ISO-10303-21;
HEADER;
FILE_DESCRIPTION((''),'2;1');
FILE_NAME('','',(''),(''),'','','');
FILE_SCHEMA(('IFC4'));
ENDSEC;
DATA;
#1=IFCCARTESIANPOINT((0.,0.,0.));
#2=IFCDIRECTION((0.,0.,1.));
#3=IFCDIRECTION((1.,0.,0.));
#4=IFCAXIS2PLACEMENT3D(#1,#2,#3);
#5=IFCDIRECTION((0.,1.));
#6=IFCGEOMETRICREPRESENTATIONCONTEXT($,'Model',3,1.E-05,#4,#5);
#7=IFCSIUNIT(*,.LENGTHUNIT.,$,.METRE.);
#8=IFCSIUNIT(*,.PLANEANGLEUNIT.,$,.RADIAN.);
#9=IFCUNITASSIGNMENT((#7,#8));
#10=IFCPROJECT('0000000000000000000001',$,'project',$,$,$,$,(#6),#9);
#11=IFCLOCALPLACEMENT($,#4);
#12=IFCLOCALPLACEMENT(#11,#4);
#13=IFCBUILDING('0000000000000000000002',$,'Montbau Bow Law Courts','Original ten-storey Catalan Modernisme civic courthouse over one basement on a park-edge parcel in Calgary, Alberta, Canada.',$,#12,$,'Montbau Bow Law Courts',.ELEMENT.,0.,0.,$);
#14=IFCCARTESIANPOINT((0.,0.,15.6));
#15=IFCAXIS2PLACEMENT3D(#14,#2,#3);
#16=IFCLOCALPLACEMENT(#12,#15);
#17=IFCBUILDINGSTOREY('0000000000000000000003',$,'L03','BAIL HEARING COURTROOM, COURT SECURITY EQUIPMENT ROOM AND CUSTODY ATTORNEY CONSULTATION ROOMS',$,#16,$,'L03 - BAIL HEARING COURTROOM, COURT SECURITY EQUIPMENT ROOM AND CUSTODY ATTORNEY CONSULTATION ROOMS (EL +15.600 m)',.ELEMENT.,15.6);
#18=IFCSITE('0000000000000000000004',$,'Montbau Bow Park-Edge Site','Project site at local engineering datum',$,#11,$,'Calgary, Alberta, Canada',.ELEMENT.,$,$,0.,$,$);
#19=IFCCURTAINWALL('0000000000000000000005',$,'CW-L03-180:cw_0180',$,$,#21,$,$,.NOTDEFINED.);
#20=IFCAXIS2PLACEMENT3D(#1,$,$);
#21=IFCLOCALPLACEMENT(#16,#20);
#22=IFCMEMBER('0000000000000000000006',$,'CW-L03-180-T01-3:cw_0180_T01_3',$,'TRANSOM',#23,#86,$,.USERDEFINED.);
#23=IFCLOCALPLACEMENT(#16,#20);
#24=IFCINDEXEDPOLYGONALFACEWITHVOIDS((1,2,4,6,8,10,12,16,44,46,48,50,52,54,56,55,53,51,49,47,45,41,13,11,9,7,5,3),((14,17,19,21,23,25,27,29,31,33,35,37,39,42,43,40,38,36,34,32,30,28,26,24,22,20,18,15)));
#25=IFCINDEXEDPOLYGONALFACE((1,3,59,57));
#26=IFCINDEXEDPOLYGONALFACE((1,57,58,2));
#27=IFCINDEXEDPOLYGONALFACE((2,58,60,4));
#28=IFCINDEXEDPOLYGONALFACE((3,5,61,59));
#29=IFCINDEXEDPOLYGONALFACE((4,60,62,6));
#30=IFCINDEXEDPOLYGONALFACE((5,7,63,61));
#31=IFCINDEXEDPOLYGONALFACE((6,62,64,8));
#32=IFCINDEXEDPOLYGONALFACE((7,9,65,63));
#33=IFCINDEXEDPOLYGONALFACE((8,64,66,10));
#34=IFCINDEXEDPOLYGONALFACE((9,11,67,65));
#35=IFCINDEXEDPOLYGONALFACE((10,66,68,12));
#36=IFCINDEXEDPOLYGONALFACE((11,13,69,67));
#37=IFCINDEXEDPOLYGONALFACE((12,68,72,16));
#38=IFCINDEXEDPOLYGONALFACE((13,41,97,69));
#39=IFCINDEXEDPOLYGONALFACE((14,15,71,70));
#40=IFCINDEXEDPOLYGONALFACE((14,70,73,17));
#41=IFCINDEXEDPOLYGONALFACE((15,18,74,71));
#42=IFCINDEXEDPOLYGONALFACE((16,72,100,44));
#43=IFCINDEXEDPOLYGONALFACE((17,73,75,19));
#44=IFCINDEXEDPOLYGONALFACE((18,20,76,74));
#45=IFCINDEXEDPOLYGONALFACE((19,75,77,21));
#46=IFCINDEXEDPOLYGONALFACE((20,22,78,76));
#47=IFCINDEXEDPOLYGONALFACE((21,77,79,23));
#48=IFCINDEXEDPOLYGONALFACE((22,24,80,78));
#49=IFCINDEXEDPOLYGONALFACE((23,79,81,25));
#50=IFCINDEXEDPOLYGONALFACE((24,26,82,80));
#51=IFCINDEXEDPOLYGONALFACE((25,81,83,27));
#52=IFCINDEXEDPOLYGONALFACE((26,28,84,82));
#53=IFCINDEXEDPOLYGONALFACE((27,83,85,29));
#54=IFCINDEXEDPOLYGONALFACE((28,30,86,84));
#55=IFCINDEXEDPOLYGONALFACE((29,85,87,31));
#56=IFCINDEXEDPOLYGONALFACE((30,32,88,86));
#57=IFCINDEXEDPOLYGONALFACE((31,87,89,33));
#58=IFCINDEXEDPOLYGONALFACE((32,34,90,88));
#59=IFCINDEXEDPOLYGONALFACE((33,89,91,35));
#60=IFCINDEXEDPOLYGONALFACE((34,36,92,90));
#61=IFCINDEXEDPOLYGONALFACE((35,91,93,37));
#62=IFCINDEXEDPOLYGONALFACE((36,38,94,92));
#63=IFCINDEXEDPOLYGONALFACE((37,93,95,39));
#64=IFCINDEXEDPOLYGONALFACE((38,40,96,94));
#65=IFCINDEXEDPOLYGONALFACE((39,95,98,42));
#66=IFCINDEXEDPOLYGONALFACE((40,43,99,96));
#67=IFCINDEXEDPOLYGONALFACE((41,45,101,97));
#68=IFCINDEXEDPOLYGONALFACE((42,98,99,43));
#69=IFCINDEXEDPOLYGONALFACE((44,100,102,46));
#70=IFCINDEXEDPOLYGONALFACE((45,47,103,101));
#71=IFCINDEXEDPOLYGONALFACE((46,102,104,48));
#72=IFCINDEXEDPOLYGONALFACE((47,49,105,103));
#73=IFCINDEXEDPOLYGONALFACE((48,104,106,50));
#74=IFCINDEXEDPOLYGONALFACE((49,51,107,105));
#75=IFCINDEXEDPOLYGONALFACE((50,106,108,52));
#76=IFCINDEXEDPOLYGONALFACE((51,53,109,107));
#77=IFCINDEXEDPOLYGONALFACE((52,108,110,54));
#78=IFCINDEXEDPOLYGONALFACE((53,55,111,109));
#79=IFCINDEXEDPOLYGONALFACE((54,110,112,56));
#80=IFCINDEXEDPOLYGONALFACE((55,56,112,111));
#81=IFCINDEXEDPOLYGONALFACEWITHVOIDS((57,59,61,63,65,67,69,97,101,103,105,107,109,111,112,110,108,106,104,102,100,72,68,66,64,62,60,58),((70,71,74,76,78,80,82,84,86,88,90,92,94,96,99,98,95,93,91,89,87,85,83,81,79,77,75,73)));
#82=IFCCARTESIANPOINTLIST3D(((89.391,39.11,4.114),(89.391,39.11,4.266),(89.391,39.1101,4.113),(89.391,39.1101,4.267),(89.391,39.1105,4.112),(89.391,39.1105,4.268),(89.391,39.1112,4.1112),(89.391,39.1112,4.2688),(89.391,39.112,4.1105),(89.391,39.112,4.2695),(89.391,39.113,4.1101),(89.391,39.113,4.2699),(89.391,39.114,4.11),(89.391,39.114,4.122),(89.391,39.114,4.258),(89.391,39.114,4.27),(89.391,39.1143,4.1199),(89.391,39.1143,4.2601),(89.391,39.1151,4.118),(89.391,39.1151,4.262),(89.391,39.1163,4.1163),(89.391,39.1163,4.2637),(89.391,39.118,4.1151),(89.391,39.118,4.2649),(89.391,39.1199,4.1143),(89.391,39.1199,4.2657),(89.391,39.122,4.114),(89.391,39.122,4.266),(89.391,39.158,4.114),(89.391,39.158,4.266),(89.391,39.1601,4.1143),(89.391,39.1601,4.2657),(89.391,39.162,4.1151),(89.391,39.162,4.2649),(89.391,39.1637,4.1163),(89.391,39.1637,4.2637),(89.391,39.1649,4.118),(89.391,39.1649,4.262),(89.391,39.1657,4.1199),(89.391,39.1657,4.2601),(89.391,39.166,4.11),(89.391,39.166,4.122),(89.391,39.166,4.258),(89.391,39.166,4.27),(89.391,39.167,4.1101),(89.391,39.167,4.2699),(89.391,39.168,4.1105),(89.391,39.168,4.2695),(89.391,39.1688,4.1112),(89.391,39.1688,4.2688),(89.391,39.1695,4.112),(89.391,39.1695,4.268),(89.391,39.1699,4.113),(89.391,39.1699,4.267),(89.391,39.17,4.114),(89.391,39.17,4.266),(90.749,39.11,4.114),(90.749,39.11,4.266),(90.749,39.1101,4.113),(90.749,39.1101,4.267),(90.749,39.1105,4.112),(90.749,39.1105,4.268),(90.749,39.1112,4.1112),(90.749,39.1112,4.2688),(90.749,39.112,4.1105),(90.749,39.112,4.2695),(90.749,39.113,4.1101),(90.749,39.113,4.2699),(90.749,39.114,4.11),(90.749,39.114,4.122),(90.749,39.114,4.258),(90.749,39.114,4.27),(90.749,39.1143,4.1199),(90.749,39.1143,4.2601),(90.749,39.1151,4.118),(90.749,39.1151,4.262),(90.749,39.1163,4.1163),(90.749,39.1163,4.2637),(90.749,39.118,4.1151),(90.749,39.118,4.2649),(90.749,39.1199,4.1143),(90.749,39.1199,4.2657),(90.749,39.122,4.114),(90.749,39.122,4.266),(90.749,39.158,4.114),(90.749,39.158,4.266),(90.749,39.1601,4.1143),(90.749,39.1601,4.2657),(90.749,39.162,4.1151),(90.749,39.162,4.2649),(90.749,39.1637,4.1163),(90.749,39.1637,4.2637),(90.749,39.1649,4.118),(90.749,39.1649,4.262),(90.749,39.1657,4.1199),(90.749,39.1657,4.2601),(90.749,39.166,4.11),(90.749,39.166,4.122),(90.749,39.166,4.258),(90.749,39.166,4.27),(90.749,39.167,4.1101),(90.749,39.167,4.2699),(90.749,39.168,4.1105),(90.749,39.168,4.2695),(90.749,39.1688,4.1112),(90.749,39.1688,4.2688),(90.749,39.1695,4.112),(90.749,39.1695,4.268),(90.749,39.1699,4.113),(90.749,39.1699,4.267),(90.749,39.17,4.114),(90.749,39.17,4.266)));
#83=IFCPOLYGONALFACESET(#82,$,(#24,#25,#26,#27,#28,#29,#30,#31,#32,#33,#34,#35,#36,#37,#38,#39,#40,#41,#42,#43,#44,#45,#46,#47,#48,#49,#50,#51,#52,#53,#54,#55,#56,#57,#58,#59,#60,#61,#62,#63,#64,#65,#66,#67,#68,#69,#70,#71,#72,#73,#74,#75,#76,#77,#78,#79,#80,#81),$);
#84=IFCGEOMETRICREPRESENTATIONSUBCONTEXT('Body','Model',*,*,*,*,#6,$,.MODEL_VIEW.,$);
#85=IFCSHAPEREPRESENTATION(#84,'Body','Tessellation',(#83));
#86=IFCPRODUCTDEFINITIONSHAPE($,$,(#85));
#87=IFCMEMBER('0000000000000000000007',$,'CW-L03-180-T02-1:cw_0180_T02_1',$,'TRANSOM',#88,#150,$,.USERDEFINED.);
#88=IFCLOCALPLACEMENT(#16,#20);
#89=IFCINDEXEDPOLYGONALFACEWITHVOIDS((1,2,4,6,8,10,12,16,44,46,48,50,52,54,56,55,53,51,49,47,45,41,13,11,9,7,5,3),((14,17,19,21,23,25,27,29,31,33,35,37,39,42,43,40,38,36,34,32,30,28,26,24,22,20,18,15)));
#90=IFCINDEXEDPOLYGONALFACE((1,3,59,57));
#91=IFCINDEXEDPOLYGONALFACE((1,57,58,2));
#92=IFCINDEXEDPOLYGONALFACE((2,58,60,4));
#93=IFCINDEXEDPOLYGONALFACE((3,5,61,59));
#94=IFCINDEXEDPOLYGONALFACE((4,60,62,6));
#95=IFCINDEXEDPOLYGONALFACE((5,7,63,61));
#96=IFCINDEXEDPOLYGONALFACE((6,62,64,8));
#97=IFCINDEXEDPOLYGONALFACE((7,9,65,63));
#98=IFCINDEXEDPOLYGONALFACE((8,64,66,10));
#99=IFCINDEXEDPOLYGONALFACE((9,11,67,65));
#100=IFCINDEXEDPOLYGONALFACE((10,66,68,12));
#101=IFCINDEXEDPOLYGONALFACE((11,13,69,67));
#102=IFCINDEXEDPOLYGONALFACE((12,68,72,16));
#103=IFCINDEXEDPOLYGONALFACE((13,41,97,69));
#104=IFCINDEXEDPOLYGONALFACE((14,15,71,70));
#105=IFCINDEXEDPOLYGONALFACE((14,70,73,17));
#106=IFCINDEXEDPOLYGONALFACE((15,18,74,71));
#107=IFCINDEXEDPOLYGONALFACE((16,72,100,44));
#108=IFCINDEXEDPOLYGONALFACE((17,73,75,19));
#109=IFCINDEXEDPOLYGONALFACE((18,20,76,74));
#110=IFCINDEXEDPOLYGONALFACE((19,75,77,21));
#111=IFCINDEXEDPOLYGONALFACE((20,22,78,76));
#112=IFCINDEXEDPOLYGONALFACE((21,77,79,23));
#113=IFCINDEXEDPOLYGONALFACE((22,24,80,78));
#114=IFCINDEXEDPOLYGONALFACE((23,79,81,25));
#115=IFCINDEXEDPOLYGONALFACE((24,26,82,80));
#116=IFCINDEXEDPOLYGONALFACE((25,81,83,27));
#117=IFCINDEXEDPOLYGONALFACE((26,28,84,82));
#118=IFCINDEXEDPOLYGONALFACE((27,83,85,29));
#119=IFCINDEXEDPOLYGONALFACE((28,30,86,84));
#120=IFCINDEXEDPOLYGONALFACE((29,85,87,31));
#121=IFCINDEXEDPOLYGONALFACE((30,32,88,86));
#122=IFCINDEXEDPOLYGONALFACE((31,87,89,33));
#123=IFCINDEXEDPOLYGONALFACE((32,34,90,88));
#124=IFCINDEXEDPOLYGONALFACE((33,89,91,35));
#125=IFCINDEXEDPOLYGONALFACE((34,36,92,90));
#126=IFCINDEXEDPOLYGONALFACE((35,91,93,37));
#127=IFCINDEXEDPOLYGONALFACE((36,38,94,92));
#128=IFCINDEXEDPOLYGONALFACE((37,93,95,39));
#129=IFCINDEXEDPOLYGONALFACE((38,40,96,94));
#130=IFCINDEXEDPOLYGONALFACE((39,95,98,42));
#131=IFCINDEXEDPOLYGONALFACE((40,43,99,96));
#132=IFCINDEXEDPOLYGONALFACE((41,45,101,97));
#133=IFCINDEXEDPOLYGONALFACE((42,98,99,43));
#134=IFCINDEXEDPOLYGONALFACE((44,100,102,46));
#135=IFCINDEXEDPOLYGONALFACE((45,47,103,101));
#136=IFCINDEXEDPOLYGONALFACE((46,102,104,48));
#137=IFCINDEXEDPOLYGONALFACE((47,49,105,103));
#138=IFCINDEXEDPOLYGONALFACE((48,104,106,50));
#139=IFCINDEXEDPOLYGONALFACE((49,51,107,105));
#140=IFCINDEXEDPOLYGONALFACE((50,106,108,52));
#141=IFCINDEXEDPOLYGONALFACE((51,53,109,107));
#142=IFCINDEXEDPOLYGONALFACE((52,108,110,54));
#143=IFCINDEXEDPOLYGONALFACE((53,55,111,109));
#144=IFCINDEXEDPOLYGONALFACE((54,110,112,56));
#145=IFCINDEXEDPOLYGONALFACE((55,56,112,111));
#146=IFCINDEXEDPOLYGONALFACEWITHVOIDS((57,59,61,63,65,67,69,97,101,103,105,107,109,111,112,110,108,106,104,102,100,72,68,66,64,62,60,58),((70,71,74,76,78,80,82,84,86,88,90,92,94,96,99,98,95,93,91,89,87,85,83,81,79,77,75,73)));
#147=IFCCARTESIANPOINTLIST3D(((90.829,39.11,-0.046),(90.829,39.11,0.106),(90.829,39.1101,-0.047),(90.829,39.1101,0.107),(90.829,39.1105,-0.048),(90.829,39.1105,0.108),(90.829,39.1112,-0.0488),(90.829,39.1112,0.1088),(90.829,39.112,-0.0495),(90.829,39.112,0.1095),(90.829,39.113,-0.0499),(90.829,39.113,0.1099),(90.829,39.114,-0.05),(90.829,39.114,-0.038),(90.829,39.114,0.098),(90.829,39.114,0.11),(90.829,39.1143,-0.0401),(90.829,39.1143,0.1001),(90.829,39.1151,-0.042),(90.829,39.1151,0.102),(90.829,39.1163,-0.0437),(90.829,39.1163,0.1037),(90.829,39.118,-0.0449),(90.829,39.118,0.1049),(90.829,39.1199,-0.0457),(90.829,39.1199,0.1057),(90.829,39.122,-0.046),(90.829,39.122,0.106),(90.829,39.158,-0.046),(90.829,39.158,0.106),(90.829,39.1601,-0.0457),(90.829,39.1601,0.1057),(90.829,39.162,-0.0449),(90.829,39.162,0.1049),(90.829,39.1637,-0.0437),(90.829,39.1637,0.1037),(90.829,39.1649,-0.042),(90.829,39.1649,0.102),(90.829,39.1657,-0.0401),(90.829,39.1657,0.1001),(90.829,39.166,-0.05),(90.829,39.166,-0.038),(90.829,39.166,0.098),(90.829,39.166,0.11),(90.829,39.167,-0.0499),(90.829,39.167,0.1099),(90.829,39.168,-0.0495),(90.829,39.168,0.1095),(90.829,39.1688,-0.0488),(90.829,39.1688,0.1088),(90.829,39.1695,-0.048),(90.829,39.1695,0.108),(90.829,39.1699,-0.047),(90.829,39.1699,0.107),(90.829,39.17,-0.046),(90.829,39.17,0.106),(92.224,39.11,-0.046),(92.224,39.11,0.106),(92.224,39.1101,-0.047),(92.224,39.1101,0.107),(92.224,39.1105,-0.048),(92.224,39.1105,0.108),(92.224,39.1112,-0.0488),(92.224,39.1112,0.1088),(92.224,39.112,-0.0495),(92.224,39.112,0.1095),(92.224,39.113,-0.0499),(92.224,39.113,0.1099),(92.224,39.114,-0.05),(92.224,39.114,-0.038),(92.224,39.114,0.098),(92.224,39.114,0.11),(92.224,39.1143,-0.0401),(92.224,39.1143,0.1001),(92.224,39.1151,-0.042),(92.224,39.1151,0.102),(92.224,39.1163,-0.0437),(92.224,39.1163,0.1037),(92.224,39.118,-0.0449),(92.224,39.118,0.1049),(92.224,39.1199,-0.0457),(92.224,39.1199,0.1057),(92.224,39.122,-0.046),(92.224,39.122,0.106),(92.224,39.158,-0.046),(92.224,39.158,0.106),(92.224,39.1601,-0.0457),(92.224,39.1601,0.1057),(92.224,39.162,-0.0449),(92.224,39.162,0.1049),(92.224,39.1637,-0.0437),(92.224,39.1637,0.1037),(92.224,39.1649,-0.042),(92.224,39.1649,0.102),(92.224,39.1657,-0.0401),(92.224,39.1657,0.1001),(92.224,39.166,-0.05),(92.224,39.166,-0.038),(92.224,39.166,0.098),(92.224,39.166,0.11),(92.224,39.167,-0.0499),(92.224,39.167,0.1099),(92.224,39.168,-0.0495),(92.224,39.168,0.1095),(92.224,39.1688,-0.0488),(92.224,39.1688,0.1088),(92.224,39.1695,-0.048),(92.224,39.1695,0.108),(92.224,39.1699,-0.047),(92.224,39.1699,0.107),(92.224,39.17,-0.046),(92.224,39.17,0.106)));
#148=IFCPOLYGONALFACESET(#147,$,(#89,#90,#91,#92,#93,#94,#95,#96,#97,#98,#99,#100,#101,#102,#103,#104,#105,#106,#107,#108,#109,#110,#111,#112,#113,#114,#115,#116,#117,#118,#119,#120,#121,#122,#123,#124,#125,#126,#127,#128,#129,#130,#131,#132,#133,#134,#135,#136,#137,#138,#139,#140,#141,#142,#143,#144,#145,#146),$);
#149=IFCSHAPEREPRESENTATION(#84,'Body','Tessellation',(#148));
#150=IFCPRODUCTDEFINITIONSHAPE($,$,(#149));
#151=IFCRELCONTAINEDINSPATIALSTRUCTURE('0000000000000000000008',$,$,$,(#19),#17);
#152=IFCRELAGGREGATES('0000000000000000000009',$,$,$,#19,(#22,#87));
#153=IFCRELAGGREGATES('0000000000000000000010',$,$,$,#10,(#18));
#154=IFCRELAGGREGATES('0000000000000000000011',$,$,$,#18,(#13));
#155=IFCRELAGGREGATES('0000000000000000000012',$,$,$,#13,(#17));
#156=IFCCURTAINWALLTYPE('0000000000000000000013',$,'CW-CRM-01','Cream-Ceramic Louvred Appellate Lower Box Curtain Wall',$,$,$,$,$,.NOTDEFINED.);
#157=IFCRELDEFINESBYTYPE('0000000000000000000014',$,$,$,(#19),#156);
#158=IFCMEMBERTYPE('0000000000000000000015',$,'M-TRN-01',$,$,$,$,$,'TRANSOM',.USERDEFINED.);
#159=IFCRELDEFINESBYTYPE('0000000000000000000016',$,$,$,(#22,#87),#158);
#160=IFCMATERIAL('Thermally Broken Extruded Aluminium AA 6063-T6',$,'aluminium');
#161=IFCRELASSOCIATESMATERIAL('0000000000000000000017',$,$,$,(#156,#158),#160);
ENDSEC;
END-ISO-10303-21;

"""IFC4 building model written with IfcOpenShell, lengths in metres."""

from ifc_helpers import new_model, si_unit, direction, frame, origin_with_axes, origin_2d_with_axis, place, context, subcontext, project, spatial, hollow_rectangle, extrude, material, material_profile, profile_set, type_object, element, aggregate, save


model = new_model("IFC4")

# Units and contexts
model_context = context("Model", 3, precision=1e-05, world=origin_with_axes(), true_north=direction((0.0, 1.0)))
body_context = subcontext(model_context, "Body", "Model", "MODEL_VIEW")
ifc_project = project(units=[si_unit("LENGTHUNIT", "METRE"), si_unit("PLANEANGLEUNIT", "RADIAN")], contexts=[model_context])

# Site, building, storey
site_placement = place(None, origin_with_axes())
site = spatial("IfcSite", under=ifc_project, at=site_placement, Name="Montbau Bow Park-Edge Site", Description="Project site at local engineering datum", LongName="Calgary, Alberta, Canada", CompositionType="ELEMENT", RefElevation=0.0)
building_placement = place(site_placement, origin_with_axes())
building = spatial("IfcBuilding", under=site, at=building_placement, Name="Montbau Bow Law Courts", Description="Original ten-storey Catalan Modernisme civic courthouse over one basement on a park-edge parcel in Calgary, Alberta, Canada.", LongName="Montbau Bow Law Courts", CompositionType="ELEMENT", ElevationOfRefHeight=0.0, ElevationOfTerrain=0.0)
storey_placement = place(building_placement, frame((0.0, 0.0, 15.6), z_axis=(0.0, 0.0, 1.0), x_axis=(1.0, 0.0, 0.0)))
storey = spatial("IfcBuildingStorey", under=building, at=storey_placement, Name="L03", Description="BAIL HEARING COURTROOM, COURT SECURITY EQUIPMENT ROOM AND CUSTODY ATTORNEY CONSULTATION ROOMS", LongName="L03 - BAIL HEARING COURTROOM, COURT SECURITY EQUIPMENT ROOM AND CUSTODY ATTORNEY CONSULTATION ROOMS (EL +15.600 m)", CompositionType="ELEMENT", Elevation=15.6)

# Curtain wall, members
ifc_material_1 = material(Name="Thermally Broken Extruded Aluminium AA 6063-T6", Category="aluminium")
curtain_wall_type = type_object("IfcCurtainWallType", Name="CW-CRM-01", Description="Cream-Ceramic Louvred Appellate Lower Box Curtain Wall", PredefinedType="NOTDEFINED", material=ifc_material_1)
curtain_wall_placement = place(None, frame((89.315, 39.14, 15.6), z_axis=(0.0, 0.0, 1.0), x_axis=(1.0, 0.0, 0.0)))
curtain_wall = element("IfcCurtainWall", 1, at=curtain_wall_placement, inside=storey, type_object=curtain_wall_type, Name="CW-L03-180:cw_0180", PredefinedType="NOTDEFINED")
ifc_material_profile_1 = material_profile(ifc_material_1, hollow_rectangle(XDim=0.06, YDim=0.16, WallThickness=0.004, InnerFilletRadius=0.008, OuterFilletRadius=0.004, at=origin_2d_with_axis()), Name="CWT-160X60", Category="Main", Priority=0)
ifc_profile_set_1 = profile_set([ifc_material_profile_1], Name="Thermally Broken Extruded Aluminium AA 6063-T6")
member_type_1 = type_object("IfcMemberType", Name="M-TRN-01", ElementType="TRANSOM", PredefinedType="USERDEFINED", material=ifc_profile_set_1)
member_1_placement = place(None, frame((89.391, 39.14, 19.79), z_axis=(1.0, 0.0, 0.0), x_axis=(0.0, 1.0, 0.0)))
member_1 = element("IfcMember", 2, at=member_1_placement, type_object=member_type_1, Name="CW-L03-180-T01-3:cw_0180_T01_3", ObjectType="TRANSOM", PredefinedType="USERDEFINED", context=body_context, shape_type="SweptSolid", body=[
    extrude(hollow_rectangle(XDim=0.06, YDim=0.16, WallThickness=0.004, InnerFilletRadius=0.008, OuterFilletRadius=0.004, at=origin_2d_with_axis()), origin_with_axes(), (0.0, 0.0, 1.0), 1.358),
])
member_2_placement = place(None, frame((90.829, 39.14, 15.63), z_axis=(1.0, 0.0, 0.0), x_axis=(0.0, 1.0, 0.0)))
member_2 = element("IfcMember", 3, at=member_2_placement, type_object=member_type_1, Name="CW-L03-180-T02-1:cw_0180_T02_1", ObjectType="TRANSOM", PredefinedType="USERDEFINED", context=body_context, shape_type="SweptSolid", body=[
    extrude(hollow_rectangle(XDim=0.06, YDim=0.16, WallThickness=0.004, InnerFilletRadius=0.008, OuterFilletRadius=0.004, at=origin_2d_with_axis()), origin_with_axes(), (0.0, 0.0, 1.0), 1.395),
])
aggregate(curtain_wall, [member_1, member_2])

save(model, "model.ifc")
